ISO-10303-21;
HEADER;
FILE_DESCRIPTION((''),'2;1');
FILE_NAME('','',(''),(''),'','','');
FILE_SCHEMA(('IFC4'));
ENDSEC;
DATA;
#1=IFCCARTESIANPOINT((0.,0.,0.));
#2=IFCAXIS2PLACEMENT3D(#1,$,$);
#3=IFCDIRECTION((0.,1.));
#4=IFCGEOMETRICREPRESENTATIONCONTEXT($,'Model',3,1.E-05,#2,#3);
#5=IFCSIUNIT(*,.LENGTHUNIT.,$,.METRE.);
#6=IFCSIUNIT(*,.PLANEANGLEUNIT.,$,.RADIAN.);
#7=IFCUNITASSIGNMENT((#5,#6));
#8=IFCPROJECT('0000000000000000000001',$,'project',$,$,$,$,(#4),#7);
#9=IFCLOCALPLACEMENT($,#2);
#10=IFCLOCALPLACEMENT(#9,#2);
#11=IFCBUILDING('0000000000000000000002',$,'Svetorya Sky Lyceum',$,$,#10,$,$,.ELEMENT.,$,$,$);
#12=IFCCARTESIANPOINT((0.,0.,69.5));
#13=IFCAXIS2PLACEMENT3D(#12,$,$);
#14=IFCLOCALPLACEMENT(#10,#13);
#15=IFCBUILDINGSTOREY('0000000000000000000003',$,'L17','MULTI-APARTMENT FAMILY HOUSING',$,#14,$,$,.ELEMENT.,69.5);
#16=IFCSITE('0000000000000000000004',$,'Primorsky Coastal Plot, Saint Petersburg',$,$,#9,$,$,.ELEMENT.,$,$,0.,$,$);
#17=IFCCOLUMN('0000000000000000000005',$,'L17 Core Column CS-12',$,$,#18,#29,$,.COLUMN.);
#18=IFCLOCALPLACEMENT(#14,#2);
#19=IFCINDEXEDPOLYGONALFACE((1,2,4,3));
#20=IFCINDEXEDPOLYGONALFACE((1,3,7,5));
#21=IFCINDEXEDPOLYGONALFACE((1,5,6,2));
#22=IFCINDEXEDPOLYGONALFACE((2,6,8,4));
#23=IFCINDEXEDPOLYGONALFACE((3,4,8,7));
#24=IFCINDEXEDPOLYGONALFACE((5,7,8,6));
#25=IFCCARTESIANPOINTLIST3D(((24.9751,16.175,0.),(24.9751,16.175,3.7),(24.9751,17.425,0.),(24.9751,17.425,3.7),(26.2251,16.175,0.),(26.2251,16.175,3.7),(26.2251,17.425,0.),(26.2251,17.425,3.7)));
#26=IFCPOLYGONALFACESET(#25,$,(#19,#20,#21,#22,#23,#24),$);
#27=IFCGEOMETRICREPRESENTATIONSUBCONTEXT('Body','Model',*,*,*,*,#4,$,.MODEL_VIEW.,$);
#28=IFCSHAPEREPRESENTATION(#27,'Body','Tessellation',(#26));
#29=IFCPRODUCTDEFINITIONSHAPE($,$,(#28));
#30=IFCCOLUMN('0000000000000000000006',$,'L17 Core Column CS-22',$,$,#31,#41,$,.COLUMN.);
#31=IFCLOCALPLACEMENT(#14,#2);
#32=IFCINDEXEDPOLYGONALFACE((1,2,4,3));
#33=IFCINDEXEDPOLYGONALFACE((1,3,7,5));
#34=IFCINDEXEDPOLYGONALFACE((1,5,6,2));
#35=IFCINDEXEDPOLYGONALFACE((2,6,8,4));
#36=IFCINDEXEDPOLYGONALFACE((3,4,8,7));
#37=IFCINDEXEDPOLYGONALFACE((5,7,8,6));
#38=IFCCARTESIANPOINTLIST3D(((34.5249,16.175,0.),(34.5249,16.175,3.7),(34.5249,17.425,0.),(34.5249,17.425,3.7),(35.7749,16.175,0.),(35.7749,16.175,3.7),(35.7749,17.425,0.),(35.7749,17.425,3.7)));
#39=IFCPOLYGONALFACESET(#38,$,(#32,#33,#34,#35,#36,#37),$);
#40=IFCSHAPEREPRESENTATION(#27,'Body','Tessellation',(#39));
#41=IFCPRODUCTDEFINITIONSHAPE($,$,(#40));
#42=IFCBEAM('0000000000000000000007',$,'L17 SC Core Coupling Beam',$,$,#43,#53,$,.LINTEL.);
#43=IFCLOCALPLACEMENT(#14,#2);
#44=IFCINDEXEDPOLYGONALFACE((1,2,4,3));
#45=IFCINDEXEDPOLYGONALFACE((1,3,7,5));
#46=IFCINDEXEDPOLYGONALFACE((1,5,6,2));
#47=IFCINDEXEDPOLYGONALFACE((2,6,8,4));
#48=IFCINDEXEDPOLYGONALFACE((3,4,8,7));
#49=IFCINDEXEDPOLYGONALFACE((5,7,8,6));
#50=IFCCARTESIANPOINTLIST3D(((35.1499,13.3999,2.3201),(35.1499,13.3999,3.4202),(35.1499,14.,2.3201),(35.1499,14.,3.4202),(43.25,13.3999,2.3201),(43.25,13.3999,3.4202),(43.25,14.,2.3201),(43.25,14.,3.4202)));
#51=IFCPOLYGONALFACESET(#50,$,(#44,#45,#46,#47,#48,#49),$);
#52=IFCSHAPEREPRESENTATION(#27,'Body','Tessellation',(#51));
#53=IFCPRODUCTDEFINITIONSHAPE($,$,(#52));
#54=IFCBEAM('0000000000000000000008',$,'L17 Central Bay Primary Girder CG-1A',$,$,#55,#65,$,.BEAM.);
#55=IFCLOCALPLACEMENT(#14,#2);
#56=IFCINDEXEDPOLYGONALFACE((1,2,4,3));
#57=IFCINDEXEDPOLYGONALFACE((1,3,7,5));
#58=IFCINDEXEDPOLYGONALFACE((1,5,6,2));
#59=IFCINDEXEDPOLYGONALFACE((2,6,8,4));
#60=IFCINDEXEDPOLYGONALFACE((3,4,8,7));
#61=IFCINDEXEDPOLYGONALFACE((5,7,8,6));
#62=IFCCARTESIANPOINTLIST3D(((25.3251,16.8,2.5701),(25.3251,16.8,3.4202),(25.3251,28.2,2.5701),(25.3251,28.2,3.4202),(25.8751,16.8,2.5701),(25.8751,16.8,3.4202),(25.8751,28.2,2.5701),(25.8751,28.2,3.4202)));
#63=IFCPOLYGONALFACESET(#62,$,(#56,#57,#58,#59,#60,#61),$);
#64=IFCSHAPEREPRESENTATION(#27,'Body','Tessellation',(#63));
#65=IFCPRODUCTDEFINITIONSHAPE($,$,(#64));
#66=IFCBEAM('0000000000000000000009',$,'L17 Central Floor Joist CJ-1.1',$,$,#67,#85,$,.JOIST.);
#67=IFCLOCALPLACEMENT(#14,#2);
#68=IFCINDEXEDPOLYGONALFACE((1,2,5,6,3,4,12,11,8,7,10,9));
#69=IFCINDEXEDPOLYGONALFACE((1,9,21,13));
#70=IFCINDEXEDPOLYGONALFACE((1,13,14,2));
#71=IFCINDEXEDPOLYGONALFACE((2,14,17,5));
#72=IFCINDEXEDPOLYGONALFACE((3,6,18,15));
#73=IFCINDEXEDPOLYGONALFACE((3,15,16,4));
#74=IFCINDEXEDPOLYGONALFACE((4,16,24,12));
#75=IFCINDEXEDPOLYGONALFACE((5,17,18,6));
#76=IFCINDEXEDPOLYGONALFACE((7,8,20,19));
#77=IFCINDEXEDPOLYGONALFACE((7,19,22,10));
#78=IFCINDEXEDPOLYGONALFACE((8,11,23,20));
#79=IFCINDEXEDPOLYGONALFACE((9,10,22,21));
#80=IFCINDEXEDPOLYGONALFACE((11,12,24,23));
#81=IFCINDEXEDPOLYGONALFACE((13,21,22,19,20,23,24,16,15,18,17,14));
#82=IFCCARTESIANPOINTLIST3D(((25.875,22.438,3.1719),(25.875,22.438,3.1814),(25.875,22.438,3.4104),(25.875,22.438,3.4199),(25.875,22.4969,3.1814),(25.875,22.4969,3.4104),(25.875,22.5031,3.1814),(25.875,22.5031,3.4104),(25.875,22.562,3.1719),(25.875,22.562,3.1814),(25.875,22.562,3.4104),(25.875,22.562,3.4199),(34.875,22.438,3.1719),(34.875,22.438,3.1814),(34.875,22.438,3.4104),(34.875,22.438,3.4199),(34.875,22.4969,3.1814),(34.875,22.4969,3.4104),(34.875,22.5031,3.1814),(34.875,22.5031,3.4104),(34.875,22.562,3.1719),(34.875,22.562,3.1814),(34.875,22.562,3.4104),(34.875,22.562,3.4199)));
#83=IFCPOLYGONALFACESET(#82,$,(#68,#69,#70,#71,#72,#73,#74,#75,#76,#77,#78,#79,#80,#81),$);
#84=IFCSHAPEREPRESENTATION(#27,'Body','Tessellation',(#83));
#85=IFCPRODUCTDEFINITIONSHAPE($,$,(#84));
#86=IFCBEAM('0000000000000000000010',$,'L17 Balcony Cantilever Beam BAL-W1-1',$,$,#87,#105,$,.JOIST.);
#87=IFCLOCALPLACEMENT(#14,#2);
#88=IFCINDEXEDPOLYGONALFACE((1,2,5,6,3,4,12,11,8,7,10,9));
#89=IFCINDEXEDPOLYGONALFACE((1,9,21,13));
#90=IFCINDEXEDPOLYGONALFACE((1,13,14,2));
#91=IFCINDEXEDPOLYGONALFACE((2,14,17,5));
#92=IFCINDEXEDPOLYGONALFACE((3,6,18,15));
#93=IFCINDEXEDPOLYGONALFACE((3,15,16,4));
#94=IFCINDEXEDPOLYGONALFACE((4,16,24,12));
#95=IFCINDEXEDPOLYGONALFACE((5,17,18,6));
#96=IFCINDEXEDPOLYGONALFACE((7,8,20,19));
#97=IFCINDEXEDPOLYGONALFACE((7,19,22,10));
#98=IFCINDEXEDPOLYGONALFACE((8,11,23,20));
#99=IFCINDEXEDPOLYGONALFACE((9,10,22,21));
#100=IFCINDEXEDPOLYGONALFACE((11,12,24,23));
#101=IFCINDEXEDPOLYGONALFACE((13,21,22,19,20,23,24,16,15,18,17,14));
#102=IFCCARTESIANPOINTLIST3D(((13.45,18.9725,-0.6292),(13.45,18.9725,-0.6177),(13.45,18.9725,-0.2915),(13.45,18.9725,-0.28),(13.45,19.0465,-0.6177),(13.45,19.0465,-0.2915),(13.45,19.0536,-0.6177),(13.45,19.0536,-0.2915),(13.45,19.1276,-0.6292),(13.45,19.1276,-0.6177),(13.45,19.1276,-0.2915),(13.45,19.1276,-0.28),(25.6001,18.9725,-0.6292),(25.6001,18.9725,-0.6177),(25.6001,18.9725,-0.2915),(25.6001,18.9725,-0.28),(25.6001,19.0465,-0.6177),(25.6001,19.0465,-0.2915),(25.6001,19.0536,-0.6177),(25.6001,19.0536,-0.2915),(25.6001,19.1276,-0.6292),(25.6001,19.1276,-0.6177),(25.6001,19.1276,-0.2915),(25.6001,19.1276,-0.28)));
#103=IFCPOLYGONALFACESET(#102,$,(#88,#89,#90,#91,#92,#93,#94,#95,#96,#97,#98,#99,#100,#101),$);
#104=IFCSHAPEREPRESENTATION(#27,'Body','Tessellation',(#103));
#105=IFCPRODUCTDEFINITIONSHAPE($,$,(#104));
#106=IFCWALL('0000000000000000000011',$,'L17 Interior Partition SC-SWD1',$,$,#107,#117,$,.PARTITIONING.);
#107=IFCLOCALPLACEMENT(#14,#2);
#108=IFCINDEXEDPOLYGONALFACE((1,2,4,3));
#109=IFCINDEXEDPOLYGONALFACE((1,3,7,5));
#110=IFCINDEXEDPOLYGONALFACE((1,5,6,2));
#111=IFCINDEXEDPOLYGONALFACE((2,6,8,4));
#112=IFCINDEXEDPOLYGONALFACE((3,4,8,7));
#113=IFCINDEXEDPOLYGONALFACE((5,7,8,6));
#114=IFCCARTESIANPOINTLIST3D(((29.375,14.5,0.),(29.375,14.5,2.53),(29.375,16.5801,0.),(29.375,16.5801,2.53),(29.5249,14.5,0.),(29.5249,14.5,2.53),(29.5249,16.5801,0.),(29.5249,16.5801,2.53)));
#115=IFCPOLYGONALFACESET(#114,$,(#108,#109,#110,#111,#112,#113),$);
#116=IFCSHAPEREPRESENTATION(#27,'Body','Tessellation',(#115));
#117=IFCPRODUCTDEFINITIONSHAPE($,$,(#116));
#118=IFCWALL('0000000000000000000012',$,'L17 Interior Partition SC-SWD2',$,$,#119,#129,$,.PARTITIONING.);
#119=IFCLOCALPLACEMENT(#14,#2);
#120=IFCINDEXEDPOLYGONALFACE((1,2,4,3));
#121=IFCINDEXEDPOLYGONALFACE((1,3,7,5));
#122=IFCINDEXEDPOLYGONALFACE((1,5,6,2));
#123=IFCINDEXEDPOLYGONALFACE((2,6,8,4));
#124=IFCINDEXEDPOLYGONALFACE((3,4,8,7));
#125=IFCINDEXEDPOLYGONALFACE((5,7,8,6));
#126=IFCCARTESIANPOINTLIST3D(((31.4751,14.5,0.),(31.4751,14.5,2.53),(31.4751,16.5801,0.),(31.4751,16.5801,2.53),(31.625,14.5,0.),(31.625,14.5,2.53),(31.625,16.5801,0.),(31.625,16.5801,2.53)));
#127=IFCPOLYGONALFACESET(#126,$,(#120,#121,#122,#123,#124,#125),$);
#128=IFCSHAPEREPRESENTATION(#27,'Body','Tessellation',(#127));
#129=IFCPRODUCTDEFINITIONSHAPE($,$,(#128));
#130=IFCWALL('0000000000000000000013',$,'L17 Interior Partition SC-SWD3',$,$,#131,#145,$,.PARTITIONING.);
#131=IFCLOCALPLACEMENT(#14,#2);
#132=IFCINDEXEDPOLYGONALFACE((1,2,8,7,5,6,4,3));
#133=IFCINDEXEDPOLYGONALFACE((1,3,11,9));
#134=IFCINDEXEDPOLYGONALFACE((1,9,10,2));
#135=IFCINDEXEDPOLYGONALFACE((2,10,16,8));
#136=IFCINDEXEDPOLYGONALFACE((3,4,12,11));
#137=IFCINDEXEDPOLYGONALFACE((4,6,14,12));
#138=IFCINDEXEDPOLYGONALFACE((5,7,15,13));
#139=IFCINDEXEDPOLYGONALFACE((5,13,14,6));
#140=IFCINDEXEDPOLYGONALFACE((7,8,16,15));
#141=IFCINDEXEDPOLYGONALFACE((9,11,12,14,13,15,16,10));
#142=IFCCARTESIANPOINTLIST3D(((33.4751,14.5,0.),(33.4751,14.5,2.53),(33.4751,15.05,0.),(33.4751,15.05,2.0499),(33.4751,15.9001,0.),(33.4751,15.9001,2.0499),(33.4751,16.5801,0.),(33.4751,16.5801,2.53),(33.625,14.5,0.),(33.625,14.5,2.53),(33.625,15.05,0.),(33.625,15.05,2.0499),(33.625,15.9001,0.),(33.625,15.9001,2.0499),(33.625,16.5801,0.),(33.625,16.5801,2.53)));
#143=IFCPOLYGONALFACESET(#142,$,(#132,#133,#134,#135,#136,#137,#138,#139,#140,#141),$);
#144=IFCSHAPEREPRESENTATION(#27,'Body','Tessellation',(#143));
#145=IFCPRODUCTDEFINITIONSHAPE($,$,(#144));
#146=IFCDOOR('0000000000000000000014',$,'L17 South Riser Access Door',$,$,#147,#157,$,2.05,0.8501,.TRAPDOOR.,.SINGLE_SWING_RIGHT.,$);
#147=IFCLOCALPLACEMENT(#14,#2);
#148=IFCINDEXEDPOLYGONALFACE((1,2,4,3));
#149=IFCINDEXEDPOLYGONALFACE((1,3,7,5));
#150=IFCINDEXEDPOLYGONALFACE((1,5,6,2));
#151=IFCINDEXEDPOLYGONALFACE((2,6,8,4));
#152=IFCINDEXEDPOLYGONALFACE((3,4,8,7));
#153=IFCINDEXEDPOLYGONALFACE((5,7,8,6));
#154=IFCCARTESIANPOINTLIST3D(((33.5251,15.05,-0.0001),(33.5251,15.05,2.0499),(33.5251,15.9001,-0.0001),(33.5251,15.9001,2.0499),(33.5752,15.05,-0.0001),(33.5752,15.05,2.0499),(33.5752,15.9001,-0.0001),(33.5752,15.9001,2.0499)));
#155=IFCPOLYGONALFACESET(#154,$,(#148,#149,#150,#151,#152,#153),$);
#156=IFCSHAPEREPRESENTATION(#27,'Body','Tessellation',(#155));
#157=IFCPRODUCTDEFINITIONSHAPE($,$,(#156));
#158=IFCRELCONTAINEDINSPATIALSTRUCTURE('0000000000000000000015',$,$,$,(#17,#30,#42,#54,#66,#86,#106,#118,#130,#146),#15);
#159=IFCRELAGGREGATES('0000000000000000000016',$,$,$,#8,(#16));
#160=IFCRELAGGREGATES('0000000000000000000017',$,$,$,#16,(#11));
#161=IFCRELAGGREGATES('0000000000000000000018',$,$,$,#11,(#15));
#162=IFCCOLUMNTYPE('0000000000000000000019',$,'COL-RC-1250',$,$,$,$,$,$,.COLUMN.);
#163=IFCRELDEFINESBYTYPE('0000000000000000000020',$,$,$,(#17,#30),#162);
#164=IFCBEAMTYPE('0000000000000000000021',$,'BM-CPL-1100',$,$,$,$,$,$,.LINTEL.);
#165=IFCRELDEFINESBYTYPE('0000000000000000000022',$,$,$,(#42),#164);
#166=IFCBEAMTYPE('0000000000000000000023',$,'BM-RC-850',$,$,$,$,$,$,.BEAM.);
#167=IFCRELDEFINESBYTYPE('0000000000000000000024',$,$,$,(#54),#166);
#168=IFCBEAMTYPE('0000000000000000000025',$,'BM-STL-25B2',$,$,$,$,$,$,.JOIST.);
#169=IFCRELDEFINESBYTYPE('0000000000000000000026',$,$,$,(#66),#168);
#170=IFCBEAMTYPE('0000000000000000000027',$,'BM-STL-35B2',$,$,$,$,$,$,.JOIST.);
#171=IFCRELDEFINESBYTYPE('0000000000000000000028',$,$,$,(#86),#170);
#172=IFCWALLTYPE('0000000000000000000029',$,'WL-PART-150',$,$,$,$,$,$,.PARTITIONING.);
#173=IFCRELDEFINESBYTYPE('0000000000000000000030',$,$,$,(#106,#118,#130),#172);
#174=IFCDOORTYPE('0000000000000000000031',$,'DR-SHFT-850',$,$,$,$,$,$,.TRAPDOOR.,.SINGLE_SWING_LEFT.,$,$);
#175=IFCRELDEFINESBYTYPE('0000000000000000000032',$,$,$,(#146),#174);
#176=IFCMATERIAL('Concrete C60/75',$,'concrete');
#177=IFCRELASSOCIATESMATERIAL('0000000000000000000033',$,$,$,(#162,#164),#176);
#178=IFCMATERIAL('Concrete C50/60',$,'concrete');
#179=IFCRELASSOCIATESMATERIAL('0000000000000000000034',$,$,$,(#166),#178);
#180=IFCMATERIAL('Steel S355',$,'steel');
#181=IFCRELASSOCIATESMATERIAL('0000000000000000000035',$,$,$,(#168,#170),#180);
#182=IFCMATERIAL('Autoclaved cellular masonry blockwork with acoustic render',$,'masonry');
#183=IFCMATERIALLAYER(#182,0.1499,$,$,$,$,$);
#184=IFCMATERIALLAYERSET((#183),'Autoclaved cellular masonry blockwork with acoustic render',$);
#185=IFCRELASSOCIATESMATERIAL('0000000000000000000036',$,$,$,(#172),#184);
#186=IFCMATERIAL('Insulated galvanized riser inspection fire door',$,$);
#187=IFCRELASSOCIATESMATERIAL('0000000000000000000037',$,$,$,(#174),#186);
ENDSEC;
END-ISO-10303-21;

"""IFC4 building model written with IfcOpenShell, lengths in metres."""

from ifc_helpers import new_model, si_unit, direction, frame, frame_2d, origin, origin_2d, place, context, subcontext, project, spatial, rectangle, i_section, extrude, material, layer, layer_set, material_profile, profile_set, type_object, element, fill, save


model = new_model("IFC4")

# Units and contexts
model_context = context("Model", 3, precision=1e-05, world=origin(), true_north=direction((0.0, 1.0)))
body_context = subcontext(model_context, "Body", "Model", "MODEL_VIEW")
ifc_project = project(units=[si_unit("LENGTHUNIT", "METRE"), si_unit("PLANEANGLEUNIT", "RADIAN")], contexts=[model_context])

# Site, building, storey
site_placement = place(None, origin())
site = spatial("IfcSite", under=ifc_project, at=site_placement, Name="Primorsky Coastal Plot, Saint Petersburg", CompositionType="ELEMENT", RefElevation=0.0)
building_placement = place(site_placement, origin())
building = spatial("IfcBuilding", under=site, at=building_placement, Name="Svetorya Sky Lyceum", CompositionType="ELEMENT")
storey_placement = place(building_placement, frame((0.0, 0.0, 69.5)))
storey = spatial("IfcBuildingStorey", under=building, at=storey_placement, Name="L17", Description="MULTI-APARTMENT FAMILY HOUSING", CompositionType="ELEMENT", Elevation=69.5)

# Columns
ifc_material_1 = material(Name="Concrete C60/75", Category="concrete")
ifc_material_profile_1 = material_profile(ifc_material_1, rectangle(XDim=1.25, YDim=1.25, at=origin_2d()), Name="RC COL 1250x1250")
ifc_profile_set_1 = profile_set([ifc_material_profile_1], Name="Concrete C60/75")
column_type = type_object("IfcColumnType", Name="COL-RC-1250", PredefinedType="COLUMN", material=ifc_profile_set_1)
for number, where, z_axis, x_axis, name in (
    (1, (25.6001, 16.8, 0.0), (0.0, 0.0, 1.0), (1.0, 0.0, 0.0), "L17 Core Column CS-12"),
    (2, (35.1499, 16.8, 0.0), (0.0, 0.0, 1.0), (1.0, 0.0, 0.0), "L17 Core Column CS-22"),
):
    element("IfcColumn", number, at=place(storey_placement, frame(where, z_axis=z_axis, x_axis=x_axis)), inside=storey, type_object=column_type, Name=name, PredefinedType="COLUMN", context=body_context, shape_type="SweptSolid", body=[
        extrude(rectangle(XDim=1.25, YDim=1.25, at=origin_2d()), origin(), (0.0, 0.0, 1.0), 3.7),
    ])

# Beams
ifc_material_profile_2 = material_profile(ifc_material_1, rectangle(XDim=0.6001, YDim=1.1001, at=origin_2d()), Name="RC COUPLING 600x1100")
ifc_profile_set_2 = profile_set([ifc_material_profile_2], Name="Concrete C60/75")
beam_type_1 = type_object("IfcBeamType", Name="BM-CPL-1100", PredefinedType="LINTEL", material=ifc_profile_set_2)
beam_1_placement = place(storey_placement, frame((35.1499, 13.7, 2.8701), z_axis=(1.0, 0.0, 0.0), x_axis=(0.0, 1.0, 0.0)))
element("IfcBeam", 3, at=beam_1_placement, inside=storey, type_object=beam_type_1, Name="L17 SC Core Coupling Beam", PredefinedType="LINTEL", context=body_context, shape_type="SweptSolid", body=[
    extrude(rectangle(XDim=0.6001, YDim=1.1001, at=origin_2d()), origin(), (0.0, 0.0, 1.0), 8.1001),
])
ifc_material_2 = material(Name="Concrete C50/60", Category="concrete")
ifc_material_profile_3 = material_profile(ifc_material_2, rectangle(XDim=0.55, YDim=0.8501, at=origin_2d()), Name="RC BEAM 550x850")
ifc_profile_set_3 = profile_set([ifc_material_profile_3], Name="Concrete C50/60")
beam_type_2 = type_object("IfcBeamType", Name="BM-RC-850", PredefinedType="BEAM", material=ifc_profile_set_3)
beam_2_placement = place(storey_placement, frame((25.6001, 16.8, 2.9951), z_axis=(0.0, 1.0, 0.0), x_axis=(-1.0, 0.0, 0.0)))
element("IfcBeam", 4, at=beam_2_placement, inside=storey, type_object=beam_type_2, Name="L17 Central Bay Primary Girder CG-1A", PredefinedType="BEAM", context=body_context, shape_type="SweptSolid", body=[
    extrude(rectangle(XDim=0.55, YDim=0.8501, at=origin_2d()), origin(), (0.0, 0.0, 1.0), 11.3999),
])
ifc_material_3 = material(Name="Steel S355", Category="steel")
ifc_material_profile_4 = material_profile(ifc_material_3, i_section(OverallWidth=0.124, OverallDepth=0.248, WebThickness=0.0061, FlangeThickness=0.0095, at=origin_2d()), Name="GOST 25B2")
ifc_profile_set_4 = profile_set([ifc_material_profile_4], Name="Steel S355")
beam_type_3 = type_object("IfcBeamType", Name="BM-STL-25B2", PredefinedType="JOIST", material=ifc_profile_set_4)
beam_3_placement = place(storey_placement, frame((25.875, 22.5, 3.2959), z_axis=(1.0, 0.0, 0.0), x_axis=(0.0, 1.0, 0.0)))
element("IfcBeam", 5, at=beam_3_placement, inside=storey, type_object=beam_type_3, Name="L17 Central Floor Joist CJ-1.1", PredefinedType="JOIST", context=body_context, shape_type="SweptSolid", body=[
    extrude(i_section(OverallWidth=0.124, OverallDepth=0.248, WebThickness=0.0061, FlangeThickness=0.0095, at=origin_2d()), origin(), (0.0, 0.0, 1.0), 9.0),
])
ifc_material_profile_5 = material_profile(ifc_material_3, i_section(OverallWidth=0.155, OverallDepth=0.3491, WebThickness=0.0071, FlangeThickness=0.0115, at=origin_2d()), Name="GOST 35B2")
ifc_profile_set_5 = profile_set([ifc_material_profile_5], Name="Steel S355")
beam_type_4 = type_object("IfcBeamType", Name="BM-STL-35B2", PredefinedType="JOIST", material=ifc_profile_set_5)
beam_4_placement = place(storey_placement, frame((25.6001, 19.05, -0.4546), z_axis=(-1.0, 0.0, 0.0), x_axis=(0.0, -1.0, 0.0)))
element("IfcBeam", 6, at=beam_4_placement, inside=storey, type_object=beam_type_4, Name="L17 Balcony Cantilever Beam BAL-W1-1", PredefinedType="JOIST", context=body_context, shape_type="SweptSolid", body=[
    extrude(i_section(OverallWidth=0.155, OverallDepth=0.3491, WebThickness=0.0071, FlangeThickness=0.0115, at=origin_2d()), origin(), (0.0, 0.0, 1.0), 12.1501),
])

# Walls
ifc_material_4 = material(Name="Autoclaved cellular masonry blockwork with acoustic render", Category="masonry")
ifc_layer_1 = layer(ifc_material_4, 0.1499)
ifc_layer_set_1 = layer_set([ifc_layer_1], Name="Autoclaved cellular masonry blockwork with acoustic render")
wall_type_1 = type_object("IfcWallType", Name="WL-PART-150", PredefinedType="PARTITIONING", material=ifc_layer_set_1)
for number, where, z_axis, x_axis, name in (
    (7, (29.45, 14.5, 0.0), (0.0, 0.0, 1.0), (0.0, 1.0, 0.0), "L17 Interior Partition SC-SWD1"),
    (8, (31.55, 14.5, 0.0), (0.0, 0.0, 1.0), (0.0, 1.0, 0.0), "L17 Interior Partition SC-SWD2"),
):
    element("IfcWall", number, at=place(storey_placement, frame(where, z_axis=z_axis, x_axis=x_axis)), inside=storey, type_object=wall_type_1, Name=name, PredefinedType="PARTITIONING", context=body_context, shape_type="SweptSolid", body=[
        extrude(rectangle(XDim=2.0801, YDim=0.1499, at=frame_2d((1.04, 0.0))), origin(), (0.0, 0.0, 1.0), 2.53),
    ])

# Wall, opening, door
wall_1_placement = place(storey_placement, frame((33.55, 14.5, 0.0), z_axis=(0.0, 0.0, 1.0), x_axis=(0.0, 1.0, 0.0)))
wall_1 = element("IfcWall", 9, at=wall_1_placement, inside=storey, type_object=wall_type_1, Name="L17 Interior Partition SC-SWD3", PredefinedType="PARTITIONING", context=body_context, shape_type="SweptSolid", body=[
    extrude(rectangle(XDim=2.0801, YDim=0.1499, at=frame_2d((1.04, 0.0))), origin(), (0.0, 0.0, 1.0), 2.53),
])
opening_1_placement = place(wall_1_placement, frame((0.55, 0.0, 0.0)))
opening_1 = element("IfcOpeningElement", 10, at=opening_1_placement, cuts=wall_1, PredefinedType="OPENING", context=body_context, shape_type="SweptSolid", body=[
    extrude(rectangle(XDim=0.8501, YDim=2.05, at=frame_2d((0.425, 1.0249))), frame((0.0, 0.085, 0.0), z_axis=(0.0, -1.0, 0.0), x_axis=(1.0, 0.0, 0.0)), (0.0, 0.0, 1.0), 0.1699),
])
ifc_material_5 = material(Name="Insulated galvanized riser inspection fire door")
door_type_1 = type_object("IfcDoorType", Name="DR-SHFT-850", OperationType="SINGLE_SWING_LEFT", PredefinedType="TRAPDOOR", material=ifc_material_5)
door_1_placement = place(opening_1_placement, origin())
door_1 = element("IfcDoor", 11, at=door_1_placement, inside=storey, type_object=door_type_1, Name="L17 South Riser Access Door", OperationType="SINGLE_SWING_RIGHT", OverallHeight=2.05, OverallWidth=0.8501, PredefinedType="TRAPDOOR", context=body_context, shape_type="SweptSolid", body=[
    extrude(rectangle(XDim=0.8501, YDim=2.05, at=frame_2d((0.425, 1.0249))), frame((0.0, 0.0249, 0.0), z_axis=(0.0, -1.0, 0.0), x_axis=(1.0, 0.0, 0.0)), (0.0, 0.0, 1.0), 0.05),
])
fill(opening_1, door_1)

save(model, "model.ifc")
